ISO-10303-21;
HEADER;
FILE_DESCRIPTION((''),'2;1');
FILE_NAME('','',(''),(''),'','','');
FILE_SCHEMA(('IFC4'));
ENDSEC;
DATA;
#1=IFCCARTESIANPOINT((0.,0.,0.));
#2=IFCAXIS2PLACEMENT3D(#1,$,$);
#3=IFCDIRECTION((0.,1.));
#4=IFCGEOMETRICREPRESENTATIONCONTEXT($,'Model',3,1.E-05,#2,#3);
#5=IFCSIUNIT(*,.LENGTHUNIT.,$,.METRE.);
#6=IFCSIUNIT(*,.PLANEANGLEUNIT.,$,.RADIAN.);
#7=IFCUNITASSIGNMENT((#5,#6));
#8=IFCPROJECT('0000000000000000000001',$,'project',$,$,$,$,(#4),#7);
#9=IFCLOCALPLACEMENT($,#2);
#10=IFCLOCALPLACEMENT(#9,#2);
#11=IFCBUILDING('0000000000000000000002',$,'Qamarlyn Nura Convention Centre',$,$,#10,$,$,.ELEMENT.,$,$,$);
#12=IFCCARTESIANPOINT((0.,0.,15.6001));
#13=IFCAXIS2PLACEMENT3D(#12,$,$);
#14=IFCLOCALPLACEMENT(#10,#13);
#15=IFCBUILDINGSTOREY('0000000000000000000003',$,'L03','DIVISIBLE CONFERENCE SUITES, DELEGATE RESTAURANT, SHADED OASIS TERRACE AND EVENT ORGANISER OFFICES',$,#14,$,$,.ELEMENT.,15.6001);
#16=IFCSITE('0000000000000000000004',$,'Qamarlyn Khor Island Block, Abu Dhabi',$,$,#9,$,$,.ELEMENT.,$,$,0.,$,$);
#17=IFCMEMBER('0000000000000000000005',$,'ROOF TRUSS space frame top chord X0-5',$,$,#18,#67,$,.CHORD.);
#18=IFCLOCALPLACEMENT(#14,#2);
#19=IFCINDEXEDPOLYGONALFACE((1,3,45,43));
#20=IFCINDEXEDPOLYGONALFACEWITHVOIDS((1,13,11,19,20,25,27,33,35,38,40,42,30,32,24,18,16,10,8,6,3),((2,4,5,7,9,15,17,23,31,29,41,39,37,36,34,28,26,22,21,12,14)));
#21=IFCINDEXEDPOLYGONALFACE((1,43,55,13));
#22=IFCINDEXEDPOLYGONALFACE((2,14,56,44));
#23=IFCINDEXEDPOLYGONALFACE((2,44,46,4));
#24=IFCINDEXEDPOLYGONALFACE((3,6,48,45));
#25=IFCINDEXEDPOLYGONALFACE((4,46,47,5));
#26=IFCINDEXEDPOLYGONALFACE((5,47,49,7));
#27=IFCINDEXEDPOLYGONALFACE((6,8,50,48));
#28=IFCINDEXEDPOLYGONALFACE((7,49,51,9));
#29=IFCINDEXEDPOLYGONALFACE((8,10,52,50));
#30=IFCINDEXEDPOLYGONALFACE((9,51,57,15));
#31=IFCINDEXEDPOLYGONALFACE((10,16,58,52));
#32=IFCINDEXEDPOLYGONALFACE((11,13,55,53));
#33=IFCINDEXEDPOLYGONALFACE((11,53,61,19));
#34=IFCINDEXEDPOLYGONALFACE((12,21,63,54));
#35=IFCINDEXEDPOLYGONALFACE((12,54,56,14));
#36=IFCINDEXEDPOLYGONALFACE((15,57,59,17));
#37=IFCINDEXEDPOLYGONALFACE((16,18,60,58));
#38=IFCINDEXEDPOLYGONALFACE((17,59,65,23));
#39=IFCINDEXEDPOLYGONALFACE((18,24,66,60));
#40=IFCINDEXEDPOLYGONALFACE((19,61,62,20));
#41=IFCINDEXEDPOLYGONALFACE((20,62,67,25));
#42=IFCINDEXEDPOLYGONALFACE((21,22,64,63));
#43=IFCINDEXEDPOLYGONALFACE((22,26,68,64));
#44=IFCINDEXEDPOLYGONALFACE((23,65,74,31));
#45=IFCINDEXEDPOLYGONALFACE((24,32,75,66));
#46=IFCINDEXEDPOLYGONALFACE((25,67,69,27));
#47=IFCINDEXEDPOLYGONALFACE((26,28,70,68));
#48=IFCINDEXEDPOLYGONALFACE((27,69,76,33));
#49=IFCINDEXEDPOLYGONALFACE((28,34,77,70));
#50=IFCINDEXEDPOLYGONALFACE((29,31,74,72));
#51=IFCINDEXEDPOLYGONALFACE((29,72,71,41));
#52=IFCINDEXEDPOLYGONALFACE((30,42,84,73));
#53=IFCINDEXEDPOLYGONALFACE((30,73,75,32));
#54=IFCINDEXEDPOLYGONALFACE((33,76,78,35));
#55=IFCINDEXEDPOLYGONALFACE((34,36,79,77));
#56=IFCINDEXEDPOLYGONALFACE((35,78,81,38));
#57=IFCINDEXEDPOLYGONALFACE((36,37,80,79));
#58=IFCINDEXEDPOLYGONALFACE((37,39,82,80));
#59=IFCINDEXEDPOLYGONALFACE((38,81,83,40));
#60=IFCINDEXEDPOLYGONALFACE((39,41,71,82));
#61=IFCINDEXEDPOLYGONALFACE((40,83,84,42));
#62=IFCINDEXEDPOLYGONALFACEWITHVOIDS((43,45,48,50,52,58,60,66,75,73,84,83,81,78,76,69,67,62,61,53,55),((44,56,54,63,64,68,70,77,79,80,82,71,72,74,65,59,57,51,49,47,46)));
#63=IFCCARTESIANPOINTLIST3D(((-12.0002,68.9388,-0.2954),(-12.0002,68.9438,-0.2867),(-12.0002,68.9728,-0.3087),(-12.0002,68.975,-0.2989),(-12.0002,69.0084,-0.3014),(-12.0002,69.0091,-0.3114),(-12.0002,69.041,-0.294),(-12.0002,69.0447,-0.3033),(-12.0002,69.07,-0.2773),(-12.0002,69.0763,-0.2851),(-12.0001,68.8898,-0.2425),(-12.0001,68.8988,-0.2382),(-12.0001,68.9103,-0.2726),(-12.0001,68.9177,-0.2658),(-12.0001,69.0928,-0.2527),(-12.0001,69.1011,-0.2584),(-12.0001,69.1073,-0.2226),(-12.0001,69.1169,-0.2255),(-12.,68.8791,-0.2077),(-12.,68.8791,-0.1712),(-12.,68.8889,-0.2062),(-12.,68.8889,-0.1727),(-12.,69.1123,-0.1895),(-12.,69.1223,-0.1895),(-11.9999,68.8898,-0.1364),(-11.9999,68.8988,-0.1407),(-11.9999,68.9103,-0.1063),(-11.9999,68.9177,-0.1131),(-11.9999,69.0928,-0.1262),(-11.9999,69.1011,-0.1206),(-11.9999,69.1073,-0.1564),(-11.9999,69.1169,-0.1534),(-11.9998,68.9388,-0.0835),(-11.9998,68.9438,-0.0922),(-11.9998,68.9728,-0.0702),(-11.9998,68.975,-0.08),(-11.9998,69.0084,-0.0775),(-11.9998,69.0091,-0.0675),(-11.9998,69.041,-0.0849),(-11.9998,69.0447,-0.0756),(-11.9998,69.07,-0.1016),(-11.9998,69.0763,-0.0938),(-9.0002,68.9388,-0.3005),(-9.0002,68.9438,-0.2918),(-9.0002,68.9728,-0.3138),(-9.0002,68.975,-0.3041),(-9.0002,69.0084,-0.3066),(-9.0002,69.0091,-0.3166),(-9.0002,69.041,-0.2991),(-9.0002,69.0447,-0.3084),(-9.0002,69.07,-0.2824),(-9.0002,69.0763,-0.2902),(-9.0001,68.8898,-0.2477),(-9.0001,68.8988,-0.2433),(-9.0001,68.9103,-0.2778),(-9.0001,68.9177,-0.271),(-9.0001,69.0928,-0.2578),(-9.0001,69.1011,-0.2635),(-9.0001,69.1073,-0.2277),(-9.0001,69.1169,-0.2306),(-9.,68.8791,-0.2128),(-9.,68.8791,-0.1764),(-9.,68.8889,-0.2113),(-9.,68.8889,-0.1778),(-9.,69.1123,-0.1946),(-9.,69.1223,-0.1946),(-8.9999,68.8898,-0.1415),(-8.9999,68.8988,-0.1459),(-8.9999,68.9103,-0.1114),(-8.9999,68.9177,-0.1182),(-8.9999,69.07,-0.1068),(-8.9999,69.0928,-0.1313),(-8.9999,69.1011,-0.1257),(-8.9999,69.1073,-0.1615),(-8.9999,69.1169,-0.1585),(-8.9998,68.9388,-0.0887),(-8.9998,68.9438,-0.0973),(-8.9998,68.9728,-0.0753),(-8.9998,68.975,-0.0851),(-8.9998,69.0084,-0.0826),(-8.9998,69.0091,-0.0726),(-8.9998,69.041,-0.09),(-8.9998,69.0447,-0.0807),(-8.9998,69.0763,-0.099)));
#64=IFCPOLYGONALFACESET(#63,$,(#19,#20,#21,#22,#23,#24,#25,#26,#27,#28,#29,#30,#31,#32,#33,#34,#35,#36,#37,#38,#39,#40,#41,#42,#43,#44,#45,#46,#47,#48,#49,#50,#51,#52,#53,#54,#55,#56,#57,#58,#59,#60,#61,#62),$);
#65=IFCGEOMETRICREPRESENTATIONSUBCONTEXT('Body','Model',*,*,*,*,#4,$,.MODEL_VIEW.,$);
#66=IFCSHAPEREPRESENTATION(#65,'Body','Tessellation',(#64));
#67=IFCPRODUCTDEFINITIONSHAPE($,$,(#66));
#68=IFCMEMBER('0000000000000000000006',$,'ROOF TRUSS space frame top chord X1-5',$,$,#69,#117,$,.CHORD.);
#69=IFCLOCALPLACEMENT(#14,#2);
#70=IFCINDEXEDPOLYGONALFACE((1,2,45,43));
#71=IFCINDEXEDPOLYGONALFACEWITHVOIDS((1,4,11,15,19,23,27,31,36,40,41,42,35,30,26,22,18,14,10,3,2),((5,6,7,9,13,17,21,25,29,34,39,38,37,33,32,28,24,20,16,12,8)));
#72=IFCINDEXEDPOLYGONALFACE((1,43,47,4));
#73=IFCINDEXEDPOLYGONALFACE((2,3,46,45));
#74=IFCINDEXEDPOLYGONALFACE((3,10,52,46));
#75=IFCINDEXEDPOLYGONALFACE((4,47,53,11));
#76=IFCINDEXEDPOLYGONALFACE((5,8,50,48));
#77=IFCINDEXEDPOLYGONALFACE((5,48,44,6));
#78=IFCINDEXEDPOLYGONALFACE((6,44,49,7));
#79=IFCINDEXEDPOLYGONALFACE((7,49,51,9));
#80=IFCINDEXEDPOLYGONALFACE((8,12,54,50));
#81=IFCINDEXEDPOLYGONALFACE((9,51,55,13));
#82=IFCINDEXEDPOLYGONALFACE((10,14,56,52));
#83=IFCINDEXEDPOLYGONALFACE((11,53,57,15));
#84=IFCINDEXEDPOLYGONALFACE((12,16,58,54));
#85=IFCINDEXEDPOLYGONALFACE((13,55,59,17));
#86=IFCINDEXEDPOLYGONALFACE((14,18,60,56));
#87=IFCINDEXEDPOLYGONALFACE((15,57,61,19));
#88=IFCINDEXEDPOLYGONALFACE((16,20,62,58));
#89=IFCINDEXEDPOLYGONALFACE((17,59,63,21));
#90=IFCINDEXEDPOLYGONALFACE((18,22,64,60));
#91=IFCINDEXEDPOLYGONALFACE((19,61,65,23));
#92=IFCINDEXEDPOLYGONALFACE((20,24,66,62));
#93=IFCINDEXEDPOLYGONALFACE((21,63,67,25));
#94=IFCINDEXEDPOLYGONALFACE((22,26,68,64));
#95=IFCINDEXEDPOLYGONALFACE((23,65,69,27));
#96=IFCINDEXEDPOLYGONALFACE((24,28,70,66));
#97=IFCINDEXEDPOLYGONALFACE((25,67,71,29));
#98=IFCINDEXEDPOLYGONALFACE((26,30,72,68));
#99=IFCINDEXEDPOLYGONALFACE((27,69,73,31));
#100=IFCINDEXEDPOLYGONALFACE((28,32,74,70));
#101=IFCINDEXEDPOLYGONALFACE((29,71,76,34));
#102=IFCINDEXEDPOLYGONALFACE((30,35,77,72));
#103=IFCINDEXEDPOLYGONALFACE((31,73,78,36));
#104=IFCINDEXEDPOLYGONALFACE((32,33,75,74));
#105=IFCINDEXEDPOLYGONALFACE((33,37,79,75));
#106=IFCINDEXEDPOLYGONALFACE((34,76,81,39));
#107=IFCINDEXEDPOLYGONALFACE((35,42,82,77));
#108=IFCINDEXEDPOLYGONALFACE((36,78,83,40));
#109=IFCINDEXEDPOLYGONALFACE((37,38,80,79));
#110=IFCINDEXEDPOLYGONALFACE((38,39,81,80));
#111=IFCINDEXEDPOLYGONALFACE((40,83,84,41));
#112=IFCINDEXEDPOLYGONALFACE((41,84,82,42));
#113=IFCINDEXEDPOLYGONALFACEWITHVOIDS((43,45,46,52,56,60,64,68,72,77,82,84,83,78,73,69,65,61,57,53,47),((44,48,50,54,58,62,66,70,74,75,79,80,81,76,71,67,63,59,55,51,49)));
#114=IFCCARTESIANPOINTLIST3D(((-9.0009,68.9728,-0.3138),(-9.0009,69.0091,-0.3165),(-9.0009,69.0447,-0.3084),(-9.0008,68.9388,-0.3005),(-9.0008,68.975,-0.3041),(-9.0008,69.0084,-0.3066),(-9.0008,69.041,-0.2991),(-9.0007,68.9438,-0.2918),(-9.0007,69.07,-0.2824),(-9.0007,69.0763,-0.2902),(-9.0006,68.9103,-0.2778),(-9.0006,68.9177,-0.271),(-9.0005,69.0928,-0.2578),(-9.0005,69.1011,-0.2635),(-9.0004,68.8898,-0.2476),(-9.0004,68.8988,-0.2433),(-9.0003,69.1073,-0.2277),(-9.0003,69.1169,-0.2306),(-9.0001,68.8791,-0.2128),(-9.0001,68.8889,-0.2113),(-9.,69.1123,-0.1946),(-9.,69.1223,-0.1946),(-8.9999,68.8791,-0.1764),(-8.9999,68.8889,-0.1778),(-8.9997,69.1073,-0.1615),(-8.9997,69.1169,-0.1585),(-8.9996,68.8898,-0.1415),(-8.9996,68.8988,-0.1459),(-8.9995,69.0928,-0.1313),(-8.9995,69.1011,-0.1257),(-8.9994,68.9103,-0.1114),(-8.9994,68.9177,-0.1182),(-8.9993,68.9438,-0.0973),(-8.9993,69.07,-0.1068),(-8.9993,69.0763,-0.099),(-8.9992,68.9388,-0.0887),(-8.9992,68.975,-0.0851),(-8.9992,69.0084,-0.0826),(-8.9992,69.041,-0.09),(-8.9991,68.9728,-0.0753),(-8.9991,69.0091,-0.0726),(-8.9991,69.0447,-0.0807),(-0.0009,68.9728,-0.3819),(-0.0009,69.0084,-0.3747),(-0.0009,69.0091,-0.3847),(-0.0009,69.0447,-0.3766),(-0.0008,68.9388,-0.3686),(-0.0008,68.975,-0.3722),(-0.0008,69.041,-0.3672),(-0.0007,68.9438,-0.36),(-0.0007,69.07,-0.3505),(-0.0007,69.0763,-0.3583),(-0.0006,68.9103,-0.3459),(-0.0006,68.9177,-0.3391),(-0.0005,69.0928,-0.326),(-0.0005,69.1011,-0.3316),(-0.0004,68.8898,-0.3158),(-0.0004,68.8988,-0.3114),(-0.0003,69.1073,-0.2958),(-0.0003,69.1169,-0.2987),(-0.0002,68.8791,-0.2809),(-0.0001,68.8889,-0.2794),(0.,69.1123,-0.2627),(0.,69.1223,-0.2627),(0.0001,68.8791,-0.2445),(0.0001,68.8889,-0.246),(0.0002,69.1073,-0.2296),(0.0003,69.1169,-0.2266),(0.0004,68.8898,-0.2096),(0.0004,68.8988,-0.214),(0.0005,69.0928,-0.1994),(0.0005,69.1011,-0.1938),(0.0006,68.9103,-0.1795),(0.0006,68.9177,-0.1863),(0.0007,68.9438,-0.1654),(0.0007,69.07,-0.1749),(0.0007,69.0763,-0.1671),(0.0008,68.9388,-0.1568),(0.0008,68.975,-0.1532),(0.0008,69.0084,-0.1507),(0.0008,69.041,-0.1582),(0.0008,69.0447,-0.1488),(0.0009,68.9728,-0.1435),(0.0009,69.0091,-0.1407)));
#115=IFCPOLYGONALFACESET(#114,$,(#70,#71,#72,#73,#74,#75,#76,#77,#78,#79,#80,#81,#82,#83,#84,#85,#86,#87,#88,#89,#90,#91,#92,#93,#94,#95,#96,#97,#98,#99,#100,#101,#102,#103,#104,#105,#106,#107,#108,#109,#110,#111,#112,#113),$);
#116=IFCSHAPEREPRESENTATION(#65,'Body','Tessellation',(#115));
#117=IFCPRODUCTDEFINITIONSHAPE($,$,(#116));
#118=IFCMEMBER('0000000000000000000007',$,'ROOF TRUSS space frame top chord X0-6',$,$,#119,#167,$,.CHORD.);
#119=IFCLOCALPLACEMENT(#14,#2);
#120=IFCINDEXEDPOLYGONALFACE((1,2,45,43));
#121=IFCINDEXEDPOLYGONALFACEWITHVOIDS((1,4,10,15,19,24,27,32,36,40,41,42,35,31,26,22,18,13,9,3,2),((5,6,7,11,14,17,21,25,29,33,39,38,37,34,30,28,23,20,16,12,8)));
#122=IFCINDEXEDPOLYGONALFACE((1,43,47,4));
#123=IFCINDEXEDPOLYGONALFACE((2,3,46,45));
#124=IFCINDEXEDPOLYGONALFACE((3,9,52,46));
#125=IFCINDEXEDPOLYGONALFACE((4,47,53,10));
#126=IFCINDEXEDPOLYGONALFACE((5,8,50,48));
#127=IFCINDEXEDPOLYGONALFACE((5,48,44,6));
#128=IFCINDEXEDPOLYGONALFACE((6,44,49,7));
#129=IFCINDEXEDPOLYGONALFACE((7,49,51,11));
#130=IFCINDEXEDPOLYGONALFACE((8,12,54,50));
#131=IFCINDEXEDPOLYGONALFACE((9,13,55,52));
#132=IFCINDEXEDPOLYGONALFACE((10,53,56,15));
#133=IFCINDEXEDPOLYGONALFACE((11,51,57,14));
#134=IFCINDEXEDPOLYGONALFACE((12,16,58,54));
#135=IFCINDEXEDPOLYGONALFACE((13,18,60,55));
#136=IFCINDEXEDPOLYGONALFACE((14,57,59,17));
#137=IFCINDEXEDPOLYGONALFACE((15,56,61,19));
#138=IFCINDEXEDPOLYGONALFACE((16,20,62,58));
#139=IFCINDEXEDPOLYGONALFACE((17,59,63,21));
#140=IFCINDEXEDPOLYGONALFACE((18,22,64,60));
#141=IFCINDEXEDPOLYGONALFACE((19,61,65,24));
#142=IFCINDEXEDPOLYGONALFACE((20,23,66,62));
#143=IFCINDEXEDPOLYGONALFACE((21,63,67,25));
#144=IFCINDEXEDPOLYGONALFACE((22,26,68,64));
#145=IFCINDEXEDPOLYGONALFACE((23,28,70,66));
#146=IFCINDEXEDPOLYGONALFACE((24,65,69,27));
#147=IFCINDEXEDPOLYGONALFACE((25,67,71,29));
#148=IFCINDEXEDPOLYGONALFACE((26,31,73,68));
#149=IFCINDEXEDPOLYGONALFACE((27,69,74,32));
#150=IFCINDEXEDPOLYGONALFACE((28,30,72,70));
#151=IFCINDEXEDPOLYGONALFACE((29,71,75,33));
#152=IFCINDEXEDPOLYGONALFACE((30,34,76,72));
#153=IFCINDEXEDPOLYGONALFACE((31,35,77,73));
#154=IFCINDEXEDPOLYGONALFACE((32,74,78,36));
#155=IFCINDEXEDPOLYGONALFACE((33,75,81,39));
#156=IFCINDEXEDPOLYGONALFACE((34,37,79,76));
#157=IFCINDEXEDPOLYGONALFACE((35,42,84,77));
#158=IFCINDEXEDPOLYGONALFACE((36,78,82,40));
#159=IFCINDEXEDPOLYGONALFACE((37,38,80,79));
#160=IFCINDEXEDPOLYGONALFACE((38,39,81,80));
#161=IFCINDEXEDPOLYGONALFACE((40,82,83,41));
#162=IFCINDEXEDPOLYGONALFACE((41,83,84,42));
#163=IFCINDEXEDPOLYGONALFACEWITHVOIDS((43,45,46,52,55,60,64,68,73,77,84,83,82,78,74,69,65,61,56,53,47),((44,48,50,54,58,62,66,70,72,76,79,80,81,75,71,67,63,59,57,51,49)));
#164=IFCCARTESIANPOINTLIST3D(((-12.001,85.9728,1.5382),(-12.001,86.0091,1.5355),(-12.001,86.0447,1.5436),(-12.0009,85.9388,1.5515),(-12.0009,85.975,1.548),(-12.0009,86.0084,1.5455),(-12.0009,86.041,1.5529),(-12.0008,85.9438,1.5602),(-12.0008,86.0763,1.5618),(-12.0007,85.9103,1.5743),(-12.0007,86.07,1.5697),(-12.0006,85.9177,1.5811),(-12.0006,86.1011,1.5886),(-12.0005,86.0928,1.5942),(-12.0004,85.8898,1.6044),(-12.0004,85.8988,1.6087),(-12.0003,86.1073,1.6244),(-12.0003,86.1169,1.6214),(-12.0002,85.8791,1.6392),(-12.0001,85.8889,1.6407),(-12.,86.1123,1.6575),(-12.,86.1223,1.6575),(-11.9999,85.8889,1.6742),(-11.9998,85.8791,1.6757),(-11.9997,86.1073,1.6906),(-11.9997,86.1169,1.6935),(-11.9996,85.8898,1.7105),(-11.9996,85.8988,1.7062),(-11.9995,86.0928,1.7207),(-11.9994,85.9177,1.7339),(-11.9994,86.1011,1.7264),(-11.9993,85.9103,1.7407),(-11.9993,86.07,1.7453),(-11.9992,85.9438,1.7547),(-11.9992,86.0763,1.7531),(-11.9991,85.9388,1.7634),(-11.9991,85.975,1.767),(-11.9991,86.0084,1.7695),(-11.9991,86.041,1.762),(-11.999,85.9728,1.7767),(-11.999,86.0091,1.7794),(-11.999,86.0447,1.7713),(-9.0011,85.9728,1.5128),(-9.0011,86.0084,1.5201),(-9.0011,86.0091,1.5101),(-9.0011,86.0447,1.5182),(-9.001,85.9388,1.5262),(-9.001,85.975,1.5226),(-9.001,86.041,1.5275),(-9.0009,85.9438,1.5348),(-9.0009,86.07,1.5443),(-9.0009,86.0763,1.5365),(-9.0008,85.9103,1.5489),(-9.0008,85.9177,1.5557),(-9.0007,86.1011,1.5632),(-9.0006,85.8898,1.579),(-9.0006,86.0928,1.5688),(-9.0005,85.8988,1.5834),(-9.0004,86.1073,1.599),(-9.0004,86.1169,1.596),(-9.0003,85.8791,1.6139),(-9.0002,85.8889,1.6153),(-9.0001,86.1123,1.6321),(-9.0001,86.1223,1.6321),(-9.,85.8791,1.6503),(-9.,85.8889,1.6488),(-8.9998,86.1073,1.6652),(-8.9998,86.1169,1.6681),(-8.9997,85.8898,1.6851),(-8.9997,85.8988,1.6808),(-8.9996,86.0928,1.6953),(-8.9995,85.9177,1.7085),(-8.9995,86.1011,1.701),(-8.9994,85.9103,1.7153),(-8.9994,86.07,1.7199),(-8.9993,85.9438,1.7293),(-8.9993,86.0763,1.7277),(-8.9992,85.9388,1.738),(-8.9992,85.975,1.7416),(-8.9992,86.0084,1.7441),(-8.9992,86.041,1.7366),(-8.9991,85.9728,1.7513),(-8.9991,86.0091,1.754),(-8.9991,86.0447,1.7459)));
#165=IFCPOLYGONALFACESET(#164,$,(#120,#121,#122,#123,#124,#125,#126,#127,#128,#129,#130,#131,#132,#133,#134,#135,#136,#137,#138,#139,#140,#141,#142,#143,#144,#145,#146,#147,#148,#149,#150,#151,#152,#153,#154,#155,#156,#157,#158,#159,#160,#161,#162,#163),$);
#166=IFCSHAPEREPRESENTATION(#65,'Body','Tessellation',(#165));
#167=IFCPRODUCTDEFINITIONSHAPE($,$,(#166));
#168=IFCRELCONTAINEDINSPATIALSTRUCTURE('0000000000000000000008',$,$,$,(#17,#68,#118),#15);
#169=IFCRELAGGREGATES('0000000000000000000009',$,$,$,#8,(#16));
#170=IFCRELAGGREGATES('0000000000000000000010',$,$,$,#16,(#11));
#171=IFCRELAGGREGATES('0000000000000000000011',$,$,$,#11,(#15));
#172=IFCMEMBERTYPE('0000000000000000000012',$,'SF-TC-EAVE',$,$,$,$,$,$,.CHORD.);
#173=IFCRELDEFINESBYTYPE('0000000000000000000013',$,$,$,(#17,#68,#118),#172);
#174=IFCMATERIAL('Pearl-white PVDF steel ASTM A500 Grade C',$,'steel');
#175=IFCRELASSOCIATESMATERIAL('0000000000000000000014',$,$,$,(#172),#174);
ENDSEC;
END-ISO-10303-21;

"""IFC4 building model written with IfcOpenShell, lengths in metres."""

from ifc_helpers import new_model, si_unit, direction, frame, origin, origin_2d, place, context, subcontext, project, spatial, hollow_circle, extrude, material, material_profile, profile_set, type_object, element, save


model = new_model("IFC4")

# Units and contexts
model_context = context("Model", 3, precision=1e-05, world=origin(), true_north=direction((0.0, 1.0)))
body_context = subcontext(model_context, "Body", "Model", "MODEL_VIEW")
ifc_project = project(units=[si_unit("LENGTHUNIT", "METRE"), si_unit("PLANEANGLEUNIT", "RADIAN")], contexts=[model_context])

# Site, building, storey
site_placement = place(None, origin())
site = spatial("IfcSite", under=ifc_project, at=site_placement, Name="Qamarlyn Khor Island Block, Abu Dhabi", CompositionType="ELEMENT", RefElevation=0.0)
building_placement = place(site_placement, origin())
building = spatial("IfcBuilding", under=site, at=building_placement, Name="Qamarlyn Nura Convention Centre", CompositionType="ELEMENT")
storey_placement = place(building_placement, frame((0.0, 0.0, 15.6001)))
storey = spatial("IfcBuildingStorey", under=building, at=storey_placement, Name="L03", Description="DIVISIBLE CONFERENCE SUITES, DELEGATE RESTAURANT, SHADED OASIS TERRACE AND EVENT ORGANISER OFFICES", CompositionType="ELEMENT", Elevation=15.6001)

# Members
ifc_material_1 = material(Name="Pearl-white PVDF steel ASTM A500 Grade C", Category="steel")
ifc_material_profile_1 = material_profile(ifc_material_1, hollow_circle(Radius=0.1223, WallThickness=0.01, at=origin_2d()), Name="CHS244.5X10")
ifc_profile_set_1 = profile_set([ifc_material_profile_1], Name="Pearl-white PVDF steel ASTM A500 Grade C")
member_type_1 = type_object("IfcMemberType", Name="SF-TC-EAVE", PredefinedType="CHORD", material=ifc_profile_set_1)
member_1_placement = place(storey_placement, frame((-12.0, 69.0, -0.1895), z_axis=(0.999999, 0.0, -0.001709), x_axis=(0.0, 1.0, 0.0)))
element("IfcMember", 1, at=member_1_placement, inside=storey, type_object=member_type_1, Name="ROOF TRUSS space frame top chord X0-5", PredefinedType="CHORD", context=body_context, shape_type="SweptSolid", body=[
    extrude(hollow_circle(Radius=0.1223, WallThickness=0.01, at=origin_2d()), origin(), (0.0, 0.0, 1.0), 3.0),
])
member_2_placement = place(storey_placement, frame((-9.0, 69.0, -0.1946), z_axis=(0.999971, 0.0, -0.007568), x_axis=(0.0, 1.0, 0.0)))
element("IfcMember", 2, at=member_2_placement, inside=storey, type_object=member_type_1, Name="ROOF TRUSS space frame top chord X1-5", PredefinedType="CHORD", context=body_context, shape_type="SweptSolid", body=[
    extrude(hollow_circle(Radius=0.1223, WallThickness=0.01, at=origin_2d()), origin(), (0.0, 0.0, 1.0), 9.0002),
])
member_3_placement = place(storey_placement, frame((-12.0, 86.0, 1.6575), z_axis=(0.999964, 0.0, -0.008463), x_axis=(0.0, 1.0, 0.0)))
element("IfcMember", 3, at=member_3_placement, inside=storey, type_object=member_type_1, Name="ROOF TRUSS space frame top chord X0-6", PredefinedType="CHORD", context=body_context, shape_type="SweptSolid", body=[
    extrude(hollow_circle(Radius=0.1223, WallThickness=0.01, at=origin_2d()), origin(), (0.0, 0.0, 1.0), 3.0),
])

save(model, "model.ifc")
